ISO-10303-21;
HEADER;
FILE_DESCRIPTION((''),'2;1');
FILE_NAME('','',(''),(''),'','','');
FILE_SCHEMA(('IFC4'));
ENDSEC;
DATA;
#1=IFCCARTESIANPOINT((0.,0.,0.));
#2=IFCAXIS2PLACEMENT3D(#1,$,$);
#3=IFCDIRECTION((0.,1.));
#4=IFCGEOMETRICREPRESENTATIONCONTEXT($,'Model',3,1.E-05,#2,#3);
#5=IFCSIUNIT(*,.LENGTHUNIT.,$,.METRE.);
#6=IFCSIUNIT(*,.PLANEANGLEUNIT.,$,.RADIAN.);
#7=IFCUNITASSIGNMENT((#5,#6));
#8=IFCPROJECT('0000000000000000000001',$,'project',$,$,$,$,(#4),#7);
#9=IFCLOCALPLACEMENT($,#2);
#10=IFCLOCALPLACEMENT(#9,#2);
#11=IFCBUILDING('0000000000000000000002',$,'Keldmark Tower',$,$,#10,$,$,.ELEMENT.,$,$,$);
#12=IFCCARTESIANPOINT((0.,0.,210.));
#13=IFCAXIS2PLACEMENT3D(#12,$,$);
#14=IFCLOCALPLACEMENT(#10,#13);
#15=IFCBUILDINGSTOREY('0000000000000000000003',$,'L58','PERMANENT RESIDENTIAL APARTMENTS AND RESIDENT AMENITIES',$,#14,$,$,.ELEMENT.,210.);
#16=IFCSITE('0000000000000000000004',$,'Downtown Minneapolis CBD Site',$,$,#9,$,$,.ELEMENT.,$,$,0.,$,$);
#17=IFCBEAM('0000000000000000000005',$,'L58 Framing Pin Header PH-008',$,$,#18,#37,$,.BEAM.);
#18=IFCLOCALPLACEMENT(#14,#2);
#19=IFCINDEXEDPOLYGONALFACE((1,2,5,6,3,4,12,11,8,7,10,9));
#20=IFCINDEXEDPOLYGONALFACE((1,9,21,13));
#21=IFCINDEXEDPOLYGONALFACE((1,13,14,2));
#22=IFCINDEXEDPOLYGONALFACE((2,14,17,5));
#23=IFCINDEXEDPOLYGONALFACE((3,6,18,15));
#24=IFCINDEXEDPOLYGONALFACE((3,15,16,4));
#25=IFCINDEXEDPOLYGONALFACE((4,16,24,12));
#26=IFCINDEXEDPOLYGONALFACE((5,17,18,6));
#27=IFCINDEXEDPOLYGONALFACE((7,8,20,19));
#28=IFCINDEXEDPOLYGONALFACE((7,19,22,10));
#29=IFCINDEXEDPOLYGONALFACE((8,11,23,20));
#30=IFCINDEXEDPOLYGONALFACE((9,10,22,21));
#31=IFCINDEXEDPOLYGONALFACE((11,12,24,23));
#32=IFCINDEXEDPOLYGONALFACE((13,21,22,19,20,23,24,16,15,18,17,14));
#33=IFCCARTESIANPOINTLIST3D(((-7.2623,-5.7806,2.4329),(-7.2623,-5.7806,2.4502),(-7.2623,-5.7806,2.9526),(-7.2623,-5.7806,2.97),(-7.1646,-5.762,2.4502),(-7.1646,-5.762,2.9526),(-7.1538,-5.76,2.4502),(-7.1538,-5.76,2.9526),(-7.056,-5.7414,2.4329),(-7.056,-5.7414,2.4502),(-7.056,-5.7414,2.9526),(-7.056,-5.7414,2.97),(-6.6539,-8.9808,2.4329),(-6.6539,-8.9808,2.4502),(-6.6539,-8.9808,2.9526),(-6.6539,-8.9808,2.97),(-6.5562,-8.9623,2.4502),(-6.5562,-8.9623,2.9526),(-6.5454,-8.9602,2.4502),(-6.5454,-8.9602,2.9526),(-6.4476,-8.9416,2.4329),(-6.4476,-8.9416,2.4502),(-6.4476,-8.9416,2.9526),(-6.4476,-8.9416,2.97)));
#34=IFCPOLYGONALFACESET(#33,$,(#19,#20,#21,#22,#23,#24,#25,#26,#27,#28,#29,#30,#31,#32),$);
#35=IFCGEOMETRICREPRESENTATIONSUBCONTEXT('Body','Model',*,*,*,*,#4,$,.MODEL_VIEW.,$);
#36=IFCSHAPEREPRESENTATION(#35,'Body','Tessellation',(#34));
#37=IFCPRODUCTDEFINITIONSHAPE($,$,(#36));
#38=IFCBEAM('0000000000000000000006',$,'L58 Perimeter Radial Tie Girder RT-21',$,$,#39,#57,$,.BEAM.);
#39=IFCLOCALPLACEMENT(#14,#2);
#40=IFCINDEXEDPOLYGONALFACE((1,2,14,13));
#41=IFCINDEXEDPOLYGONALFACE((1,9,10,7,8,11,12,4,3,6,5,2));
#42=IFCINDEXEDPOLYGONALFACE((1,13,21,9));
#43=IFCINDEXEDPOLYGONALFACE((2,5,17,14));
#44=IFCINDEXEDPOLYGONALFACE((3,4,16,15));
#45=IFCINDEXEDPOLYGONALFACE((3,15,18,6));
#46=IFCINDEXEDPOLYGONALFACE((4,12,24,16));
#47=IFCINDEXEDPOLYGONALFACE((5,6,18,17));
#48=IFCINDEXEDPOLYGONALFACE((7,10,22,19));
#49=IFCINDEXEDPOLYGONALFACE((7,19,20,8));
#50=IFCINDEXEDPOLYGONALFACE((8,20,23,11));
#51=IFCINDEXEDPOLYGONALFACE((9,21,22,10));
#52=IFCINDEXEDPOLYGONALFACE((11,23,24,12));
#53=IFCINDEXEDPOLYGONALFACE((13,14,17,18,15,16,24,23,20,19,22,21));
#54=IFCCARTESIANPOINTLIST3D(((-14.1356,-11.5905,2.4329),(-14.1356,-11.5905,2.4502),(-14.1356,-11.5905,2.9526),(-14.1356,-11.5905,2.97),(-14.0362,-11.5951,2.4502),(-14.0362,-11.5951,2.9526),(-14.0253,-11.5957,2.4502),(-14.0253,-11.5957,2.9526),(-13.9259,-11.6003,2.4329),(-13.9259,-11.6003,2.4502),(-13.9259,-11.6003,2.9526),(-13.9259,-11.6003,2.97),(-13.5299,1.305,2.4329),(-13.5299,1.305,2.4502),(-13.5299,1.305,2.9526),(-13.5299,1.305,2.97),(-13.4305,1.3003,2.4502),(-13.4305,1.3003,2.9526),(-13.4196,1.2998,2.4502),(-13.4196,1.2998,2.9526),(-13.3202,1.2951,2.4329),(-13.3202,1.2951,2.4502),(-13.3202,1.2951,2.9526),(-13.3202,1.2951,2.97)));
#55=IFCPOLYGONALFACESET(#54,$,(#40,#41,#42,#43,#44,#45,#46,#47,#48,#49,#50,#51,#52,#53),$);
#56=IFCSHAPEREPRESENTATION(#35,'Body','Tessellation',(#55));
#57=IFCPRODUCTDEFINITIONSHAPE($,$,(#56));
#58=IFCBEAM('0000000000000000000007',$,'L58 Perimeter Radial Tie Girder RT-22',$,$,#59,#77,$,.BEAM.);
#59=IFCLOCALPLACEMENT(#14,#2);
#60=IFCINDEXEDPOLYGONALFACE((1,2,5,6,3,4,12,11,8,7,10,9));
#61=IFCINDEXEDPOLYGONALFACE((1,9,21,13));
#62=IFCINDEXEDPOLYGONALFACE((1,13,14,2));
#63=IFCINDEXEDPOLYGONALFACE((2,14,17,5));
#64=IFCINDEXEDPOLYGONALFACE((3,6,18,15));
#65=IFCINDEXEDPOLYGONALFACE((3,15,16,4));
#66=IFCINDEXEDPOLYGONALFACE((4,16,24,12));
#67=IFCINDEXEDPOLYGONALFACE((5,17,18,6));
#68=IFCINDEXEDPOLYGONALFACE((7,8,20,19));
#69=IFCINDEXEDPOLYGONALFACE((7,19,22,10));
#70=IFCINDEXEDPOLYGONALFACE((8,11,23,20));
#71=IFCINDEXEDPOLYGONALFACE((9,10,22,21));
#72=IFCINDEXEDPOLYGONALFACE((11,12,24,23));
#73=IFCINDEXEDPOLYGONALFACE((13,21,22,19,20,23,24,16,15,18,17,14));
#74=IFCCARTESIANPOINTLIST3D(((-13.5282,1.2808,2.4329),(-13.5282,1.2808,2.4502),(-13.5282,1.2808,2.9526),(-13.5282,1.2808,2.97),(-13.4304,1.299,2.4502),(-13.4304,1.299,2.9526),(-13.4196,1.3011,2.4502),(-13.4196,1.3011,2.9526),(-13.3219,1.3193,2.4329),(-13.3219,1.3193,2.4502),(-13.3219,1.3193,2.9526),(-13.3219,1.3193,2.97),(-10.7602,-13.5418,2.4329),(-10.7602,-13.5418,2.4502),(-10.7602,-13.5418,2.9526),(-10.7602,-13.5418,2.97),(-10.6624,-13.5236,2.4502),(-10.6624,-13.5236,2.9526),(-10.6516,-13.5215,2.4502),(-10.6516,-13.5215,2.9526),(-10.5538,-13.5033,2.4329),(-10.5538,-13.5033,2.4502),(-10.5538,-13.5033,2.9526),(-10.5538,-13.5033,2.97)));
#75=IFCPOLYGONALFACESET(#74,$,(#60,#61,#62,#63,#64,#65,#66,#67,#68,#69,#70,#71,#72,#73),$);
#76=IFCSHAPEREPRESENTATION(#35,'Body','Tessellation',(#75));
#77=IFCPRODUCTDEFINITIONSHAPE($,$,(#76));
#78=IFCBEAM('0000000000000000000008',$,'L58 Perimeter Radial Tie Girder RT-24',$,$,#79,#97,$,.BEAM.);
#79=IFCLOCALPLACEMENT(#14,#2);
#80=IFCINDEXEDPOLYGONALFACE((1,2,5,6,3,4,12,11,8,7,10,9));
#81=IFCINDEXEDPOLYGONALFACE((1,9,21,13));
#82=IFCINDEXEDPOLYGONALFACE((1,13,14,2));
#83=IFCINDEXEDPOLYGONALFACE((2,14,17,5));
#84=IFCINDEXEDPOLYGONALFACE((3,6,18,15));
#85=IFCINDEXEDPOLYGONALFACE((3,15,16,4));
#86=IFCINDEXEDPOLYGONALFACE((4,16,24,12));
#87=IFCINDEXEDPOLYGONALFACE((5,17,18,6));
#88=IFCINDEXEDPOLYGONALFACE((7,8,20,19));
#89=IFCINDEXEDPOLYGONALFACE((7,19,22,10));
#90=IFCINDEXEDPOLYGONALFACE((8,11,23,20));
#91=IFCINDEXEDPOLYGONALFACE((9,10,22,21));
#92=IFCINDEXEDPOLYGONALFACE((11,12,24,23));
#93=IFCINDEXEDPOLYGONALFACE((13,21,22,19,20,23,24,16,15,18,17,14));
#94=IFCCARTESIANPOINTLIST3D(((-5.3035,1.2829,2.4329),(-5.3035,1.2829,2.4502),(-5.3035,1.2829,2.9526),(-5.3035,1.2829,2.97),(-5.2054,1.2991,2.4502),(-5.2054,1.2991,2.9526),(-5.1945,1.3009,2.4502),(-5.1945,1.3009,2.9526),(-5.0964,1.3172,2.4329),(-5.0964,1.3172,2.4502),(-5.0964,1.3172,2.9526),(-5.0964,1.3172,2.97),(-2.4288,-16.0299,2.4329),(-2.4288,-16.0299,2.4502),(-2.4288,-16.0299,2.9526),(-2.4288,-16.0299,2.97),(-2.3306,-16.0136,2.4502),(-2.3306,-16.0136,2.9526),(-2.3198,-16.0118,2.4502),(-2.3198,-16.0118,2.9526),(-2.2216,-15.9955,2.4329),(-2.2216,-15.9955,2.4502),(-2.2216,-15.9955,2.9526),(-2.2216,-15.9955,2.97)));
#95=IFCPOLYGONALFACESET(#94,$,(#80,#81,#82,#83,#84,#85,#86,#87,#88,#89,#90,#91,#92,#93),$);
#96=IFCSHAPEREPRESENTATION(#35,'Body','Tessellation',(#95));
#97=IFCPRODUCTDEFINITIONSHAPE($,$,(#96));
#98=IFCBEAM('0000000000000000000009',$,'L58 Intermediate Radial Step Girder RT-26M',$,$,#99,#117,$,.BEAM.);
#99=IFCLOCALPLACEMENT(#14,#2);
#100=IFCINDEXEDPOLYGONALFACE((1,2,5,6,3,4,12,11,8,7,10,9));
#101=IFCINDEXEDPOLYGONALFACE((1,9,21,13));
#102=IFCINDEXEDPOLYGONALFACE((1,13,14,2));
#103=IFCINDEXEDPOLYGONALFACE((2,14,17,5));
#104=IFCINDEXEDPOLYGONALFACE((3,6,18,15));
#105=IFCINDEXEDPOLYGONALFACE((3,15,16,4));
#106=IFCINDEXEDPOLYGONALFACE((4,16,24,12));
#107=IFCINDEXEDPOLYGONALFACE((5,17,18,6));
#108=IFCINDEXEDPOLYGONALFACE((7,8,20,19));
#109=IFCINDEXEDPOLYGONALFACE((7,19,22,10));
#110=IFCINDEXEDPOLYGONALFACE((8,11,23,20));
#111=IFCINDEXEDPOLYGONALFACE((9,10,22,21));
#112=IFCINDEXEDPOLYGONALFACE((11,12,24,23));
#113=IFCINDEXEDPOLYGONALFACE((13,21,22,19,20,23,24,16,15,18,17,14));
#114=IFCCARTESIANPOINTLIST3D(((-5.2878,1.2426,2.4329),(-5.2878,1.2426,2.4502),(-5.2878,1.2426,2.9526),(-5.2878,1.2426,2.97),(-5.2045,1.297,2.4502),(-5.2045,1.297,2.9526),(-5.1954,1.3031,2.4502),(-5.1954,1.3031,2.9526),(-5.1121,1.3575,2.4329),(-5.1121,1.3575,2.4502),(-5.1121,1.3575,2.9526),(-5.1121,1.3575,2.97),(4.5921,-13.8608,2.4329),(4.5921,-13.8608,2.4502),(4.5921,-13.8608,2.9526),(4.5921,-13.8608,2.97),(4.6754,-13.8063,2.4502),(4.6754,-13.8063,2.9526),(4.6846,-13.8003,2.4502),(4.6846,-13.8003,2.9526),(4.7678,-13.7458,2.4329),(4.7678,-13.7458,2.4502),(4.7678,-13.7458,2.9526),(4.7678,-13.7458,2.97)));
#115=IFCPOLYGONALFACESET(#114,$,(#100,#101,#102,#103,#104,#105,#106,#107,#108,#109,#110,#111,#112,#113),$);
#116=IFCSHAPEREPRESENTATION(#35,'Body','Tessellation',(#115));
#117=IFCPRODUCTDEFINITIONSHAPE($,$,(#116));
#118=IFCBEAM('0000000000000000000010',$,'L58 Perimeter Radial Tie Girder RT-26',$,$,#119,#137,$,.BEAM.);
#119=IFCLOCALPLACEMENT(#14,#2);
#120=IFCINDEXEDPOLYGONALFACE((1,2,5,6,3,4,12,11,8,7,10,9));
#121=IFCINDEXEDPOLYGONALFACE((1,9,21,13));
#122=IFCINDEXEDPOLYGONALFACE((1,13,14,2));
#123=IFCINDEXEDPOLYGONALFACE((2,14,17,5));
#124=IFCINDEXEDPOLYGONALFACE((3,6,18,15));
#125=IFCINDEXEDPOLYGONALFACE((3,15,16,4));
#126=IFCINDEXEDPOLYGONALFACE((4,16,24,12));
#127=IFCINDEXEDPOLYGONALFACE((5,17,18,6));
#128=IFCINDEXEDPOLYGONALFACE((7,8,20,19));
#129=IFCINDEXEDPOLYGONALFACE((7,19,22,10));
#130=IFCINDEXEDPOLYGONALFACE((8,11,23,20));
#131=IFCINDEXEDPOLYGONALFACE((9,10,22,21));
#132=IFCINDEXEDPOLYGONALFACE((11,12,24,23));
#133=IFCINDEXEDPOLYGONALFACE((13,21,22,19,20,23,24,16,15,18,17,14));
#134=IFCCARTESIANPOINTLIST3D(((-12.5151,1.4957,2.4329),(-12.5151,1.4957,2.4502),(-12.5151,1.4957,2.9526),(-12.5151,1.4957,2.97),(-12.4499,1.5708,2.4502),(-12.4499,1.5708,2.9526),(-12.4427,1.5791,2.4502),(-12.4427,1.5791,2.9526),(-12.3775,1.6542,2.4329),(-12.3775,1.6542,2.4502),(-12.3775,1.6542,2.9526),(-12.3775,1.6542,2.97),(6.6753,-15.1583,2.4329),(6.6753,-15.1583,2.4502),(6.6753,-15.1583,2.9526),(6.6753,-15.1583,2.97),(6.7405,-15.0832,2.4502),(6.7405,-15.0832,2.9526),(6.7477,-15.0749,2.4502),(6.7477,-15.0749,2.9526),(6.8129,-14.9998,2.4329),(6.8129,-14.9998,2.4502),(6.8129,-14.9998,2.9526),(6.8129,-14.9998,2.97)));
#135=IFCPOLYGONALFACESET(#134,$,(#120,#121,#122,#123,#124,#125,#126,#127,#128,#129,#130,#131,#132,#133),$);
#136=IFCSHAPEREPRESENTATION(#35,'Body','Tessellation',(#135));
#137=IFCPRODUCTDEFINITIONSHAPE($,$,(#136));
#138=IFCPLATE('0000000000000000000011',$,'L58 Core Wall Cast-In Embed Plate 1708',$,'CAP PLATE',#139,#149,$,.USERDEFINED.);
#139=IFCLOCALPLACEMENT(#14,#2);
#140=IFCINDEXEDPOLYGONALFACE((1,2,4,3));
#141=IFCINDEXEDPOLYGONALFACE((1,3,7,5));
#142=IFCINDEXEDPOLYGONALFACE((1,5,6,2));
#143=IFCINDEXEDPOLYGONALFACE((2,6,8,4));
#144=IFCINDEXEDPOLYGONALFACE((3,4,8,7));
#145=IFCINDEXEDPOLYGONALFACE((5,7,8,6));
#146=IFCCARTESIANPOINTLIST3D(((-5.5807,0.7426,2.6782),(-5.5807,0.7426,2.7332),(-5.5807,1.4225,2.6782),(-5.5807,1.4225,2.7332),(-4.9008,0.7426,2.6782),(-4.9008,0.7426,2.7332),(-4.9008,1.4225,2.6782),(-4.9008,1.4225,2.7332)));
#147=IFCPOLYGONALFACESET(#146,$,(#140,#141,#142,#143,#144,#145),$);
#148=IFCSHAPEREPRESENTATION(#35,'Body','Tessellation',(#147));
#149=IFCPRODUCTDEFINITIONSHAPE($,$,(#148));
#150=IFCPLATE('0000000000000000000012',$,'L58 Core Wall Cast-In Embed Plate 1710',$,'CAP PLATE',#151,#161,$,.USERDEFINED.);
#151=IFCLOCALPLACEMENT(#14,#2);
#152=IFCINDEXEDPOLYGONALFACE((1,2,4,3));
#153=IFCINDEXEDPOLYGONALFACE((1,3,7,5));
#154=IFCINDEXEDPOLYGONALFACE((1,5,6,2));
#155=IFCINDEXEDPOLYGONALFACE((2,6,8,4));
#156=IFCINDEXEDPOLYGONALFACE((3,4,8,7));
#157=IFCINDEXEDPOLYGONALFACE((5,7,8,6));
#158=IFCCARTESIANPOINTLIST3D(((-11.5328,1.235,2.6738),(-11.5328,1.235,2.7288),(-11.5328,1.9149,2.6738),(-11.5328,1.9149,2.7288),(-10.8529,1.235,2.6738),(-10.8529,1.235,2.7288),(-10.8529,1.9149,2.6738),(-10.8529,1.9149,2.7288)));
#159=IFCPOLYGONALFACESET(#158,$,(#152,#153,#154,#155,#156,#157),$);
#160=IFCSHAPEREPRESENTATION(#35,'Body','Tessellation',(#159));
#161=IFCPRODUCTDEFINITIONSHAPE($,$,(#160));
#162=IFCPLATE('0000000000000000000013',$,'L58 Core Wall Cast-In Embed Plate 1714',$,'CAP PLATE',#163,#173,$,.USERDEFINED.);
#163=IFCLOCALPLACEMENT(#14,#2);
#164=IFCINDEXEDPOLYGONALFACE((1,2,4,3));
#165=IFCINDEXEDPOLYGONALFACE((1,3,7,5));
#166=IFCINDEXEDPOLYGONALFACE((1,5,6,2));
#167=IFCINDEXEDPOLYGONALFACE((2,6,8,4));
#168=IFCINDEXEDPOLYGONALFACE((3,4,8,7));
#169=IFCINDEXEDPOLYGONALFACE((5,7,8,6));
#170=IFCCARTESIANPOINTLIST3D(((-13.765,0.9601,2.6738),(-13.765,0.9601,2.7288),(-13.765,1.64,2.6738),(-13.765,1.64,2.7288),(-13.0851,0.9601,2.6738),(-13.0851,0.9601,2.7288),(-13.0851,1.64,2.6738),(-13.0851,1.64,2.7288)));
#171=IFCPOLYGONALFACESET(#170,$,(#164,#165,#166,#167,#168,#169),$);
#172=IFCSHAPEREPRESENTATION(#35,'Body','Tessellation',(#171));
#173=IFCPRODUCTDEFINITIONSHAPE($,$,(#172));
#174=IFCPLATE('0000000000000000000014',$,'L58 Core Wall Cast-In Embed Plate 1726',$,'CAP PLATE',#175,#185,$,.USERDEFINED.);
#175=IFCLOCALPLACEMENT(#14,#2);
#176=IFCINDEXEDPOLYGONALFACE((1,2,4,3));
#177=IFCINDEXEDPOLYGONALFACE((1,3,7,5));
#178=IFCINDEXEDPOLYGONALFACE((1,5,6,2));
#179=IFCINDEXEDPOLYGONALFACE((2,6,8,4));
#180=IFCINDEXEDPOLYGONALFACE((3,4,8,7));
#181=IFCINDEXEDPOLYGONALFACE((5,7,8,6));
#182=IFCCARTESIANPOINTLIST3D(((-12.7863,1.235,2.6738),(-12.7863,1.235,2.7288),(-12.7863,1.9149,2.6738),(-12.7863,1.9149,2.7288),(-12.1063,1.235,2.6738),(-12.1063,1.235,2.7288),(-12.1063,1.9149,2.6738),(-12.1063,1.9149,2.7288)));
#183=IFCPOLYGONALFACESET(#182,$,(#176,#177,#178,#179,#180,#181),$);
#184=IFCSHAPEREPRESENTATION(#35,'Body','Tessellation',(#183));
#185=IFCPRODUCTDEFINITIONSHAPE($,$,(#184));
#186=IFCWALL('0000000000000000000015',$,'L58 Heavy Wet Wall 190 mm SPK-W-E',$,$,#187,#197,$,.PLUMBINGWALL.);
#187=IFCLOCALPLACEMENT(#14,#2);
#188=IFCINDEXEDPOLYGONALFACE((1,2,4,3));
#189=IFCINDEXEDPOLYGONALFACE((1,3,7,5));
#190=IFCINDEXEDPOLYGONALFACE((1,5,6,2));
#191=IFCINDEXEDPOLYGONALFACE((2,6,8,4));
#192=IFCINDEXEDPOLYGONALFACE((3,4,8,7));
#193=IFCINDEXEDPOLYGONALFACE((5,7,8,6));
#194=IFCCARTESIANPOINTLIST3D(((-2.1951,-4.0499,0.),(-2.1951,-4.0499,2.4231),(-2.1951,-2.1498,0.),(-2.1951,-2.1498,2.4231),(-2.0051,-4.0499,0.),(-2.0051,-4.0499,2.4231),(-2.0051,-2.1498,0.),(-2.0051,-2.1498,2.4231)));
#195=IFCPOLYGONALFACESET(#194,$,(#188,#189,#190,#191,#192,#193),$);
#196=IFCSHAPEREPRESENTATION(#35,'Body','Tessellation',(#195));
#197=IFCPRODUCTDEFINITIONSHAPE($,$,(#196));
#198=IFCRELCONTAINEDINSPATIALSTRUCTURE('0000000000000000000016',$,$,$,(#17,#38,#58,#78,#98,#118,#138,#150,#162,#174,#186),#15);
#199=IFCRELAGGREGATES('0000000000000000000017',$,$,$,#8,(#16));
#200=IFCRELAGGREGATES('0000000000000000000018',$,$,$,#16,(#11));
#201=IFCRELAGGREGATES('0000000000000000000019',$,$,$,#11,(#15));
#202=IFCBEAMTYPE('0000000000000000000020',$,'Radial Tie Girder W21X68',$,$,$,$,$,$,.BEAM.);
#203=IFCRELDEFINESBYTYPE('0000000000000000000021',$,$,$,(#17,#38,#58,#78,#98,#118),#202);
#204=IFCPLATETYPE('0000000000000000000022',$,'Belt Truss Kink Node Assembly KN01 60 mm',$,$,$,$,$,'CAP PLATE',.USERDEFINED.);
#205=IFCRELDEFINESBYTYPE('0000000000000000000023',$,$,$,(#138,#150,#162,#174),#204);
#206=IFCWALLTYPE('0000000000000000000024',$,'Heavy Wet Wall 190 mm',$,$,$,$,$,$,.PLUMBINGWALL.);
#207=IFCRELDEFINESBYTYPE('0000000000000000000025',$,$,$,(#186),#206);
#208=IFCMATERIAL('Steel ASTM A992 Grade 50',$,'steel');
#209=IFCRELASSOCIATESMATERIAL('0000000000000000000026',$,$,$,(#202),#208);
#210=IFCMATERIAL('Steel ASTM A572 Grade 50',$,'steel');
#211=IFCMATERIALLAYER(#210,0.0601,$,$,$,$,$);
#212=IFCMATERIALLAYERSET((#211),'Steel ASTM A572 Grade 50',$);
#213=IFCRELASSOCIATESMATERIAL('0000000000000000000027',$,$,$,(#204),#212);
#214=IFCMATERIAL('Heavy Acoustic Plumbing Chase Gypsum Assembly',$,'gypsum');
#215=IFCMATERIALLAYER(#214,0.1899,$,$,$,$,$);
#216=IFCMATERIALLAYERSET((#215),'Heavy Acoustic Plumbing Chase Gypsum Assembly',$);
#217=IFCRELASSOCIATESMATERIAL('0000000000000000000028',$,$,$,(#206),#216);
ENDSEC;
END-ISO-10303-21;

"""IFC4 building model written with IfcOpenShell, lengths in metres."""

from ifc_helpers import new_model, si_unit, direction, frame, frame_2d, origin, origin_2d, place, context, subcontext, project, spatial, rectangle, i_section, extrude, material, layer, layer_set, material_profile, profile_set, type_object, element, save


model = new_model("IFC4")

# Units and contexts
model_context = context("Model", 3, precision=1e-05, world=origin(), true_north=direction((0.0, 1.0)))
body_context = subcontext(model_context, "Body", "Model", "MODEL_VIEW")
ifc_project = project(units=[si_unit("LENGTHUNIT", "METRE"), si_unit("PLANEANGLEUNIT", "RADIAN")], contexts=[model_context])

# Site, building, storey
site_placement = place(None, origin())
site = spatial("IfcSite", under=ifc_project, at=site_placement, Name="Downtown Minneapolis CBD Site", CompositionType="ELEMENT", RefElevation=0.0)
building_placement = place(site_placement, origin())
building = spatial("IfcBuilding", under=site, at=building_placement, Name="Keldmark Tower", CompositionType="ELEMENT")
storey_placement = place(building_placement, frame((0.0, 0.0, 210.0)))
storey = spatial("IfcBuildingStorey", under=building, at=storey_placement, Name="L58", Description="PERMANENT RESIDENTIAL APARTMENTS AND RESIDENT AMENITIES", CompositionType="ELEMENT", Elevation=210.0)

# Beams
ifc_material_1 = material(Name="Steel ASTM A992 Grade 50", Category="steel")
ifc_material_profile_1 = material_profile(ifc_material_1, i_section(OverallWidth=0.21, OverallDepth=0.5371, WebThickness=0.011, FlangeThickness=0.0173, at=origin_2d()), Name="W21X68")
ifc_profile_set_1 = profile_set([ifc_material_profile_1], Name="Steel ASTM A992 Grade 50")
beam_type_1 = type_object("IfcBeamType", Name="Radial Tie Girder W21X68", PredefinedType="BEAM", material=ifc_profile_set_1)
beam_1_placement = place(storey_placement, frame((-7.1592, -5.761, 2.7014), z_axis=(0.186768, -0.982404, 0.0), x_axis=(0.982404, 0.186768, 0.0)))
element("IfcBeam", 1, at=beam_1_placement, inside=storey, type_object=beam_type_1, Name="L58 Framing Pin Header PH-008", PredefinedType="BEAM", context=body_context, shape_type="SweptSolid", body=[
    extrude(i_section(OverallWidth=0.21, OverallDepth=0.5371, WebThickness=0.011, FlangeThickness=0.0173, at=origin_2d()), origin(), (0.0, 0.0, 1.0), 3.2576),
])
beam_2_placement = place(storey_placement, frame((-13.425, 1.3, 2.7014), z_axis=(-0.046919, -0.998899, 0.0), x_axis=(0.998899, -0.046919, 0.0)))
element("IfcBeam", 2, at=beam_2_placement, inside=storey, type_object=beam_type_1, Name="L58 Perimeter Radial Tie Girder RT-21", PredefinedType="BEAM", context=body_context, shape_type="SweptSolid", body=[
    extrude(i_section(OverallWidth=0.21, OverallDepth=0.5371, WebThickness=0.011, FlangeThickness=0.0173, at=origin_2d()), origin(), (0.0, 0.0, 1.0), 12.9097),
])
beam_3_placement = place(storey_placement, frame((-13.425, 1.3, 2.7014), z_axis=(0.183574, -0.983006, 0.0), x_axis=(0.983006, 0.183574, 0.0)))
element("IfcBeam", 3, at=beam_3_placement, inside=storey, type_object=beam_type_1, Name="L58 Perimeter Radial Tie Girder RT-22", PredefinedType="BEAM", context=body_context, shape_type="SweptSolid", body=[
    extrude(i_section(OverallWidth=0.21, OverallDepth=0.5371, WebThickness=0.011, FlangeThickness=0.0173, at=origin_2d()), origin(), (0.0, 0.0, 1.0), 15.0789),
])
beam_4_placement = place(storey_placement, frame((-5.2, 1.3, 2.7014), z_axis=(0.163806, -0.986493, 0.0), x_axis=(0.986493, 0.163806, 0.0)))
element("IfcBeam", 4, at=beam_4_placement, inside=storey, type_object=beam_type_1, Name="L58 Perimeter Radial Tie Girder RT-24", PredefinedType="BEAM", context=body_context, shape_type="SweptSolid", body=[
    extrude(i_section(OverallWidth=0.21, OverallDepth=0.5371, WebThickness=0.011, FlangeThickness=0.0173, at=origin_2d()), origin(), (0.0, 0.0, 1.0), 17.5498),
])
beam_5_placement = place(storey_placement, frame((-5.2, 1.3, 2.7014), z_axis=(0.54743, -0.836851, 0.0), x_axis=(0.836851, 0.54743, 0.0)))
element("IfcBeam", 5, at=beam_5_placement, inside=storey, type_object=beam_type_1, Name="L58 Intermediate Radial Step Girder RT-26M", PredefinedType="BEAM", context=body_context, shape_type="SweptSolid", body=[
    extrude(i_section(OverallWidth=0.21, OverallDepth=0.5371, WebThickness=0.011, FlangeThickness=0.0173, at=origin_2d()), origin(), (0.0, 0.0, 1.0), 18.0479),
])
beam_6_placement = place(storey_placement, frame((-12.4463, 1.575, 2.7014), z_axis=(0.755254, -0.655433, 0.0), x_axis=(0.655433, 0.755254, 0.0)))
element("IfcBeam", 6, at=beam_6_placement, inside=storey, type_object=beam_type_1, Name="L58 Perimeter Radial Tie Girder RT-26", PredefinedType="BEAM", context=body_context, shape_type="SweptSolid", body=[
    extrude(i_section(OverallWidth=0.21, OverallDepth=0.5371, WebThickness=0.011, FlangeThickness=0.0173, at=origin_2d()), origin(), (0.0, 0.0, 1.0), 25.4092),
])

# Plates
ifc_material_2 = material(Name="Steel ASTM A572 Grade 50", Category="steel")
ifc_layer_1 = layer(ifc_material_2, 0.0601)
ifc_layer_set_1 = layer_set([ifc_layer_1], Name="Steel ASTM A572 Grade 50")
plate_type = type_object("IfcPlateType", Name="Belt Truss Kink Node Assembly KN01 60 mm", ElementType="CAP PLATE", PredefinedType="USERDEFINED", material=ifc_layer_set_1)
for number, where, z_axis, x_axis, name in (
    (7, (-5.2407, 1.0825, 2.6782), (0.0, 0.0, 1.0), (1.0, 0.0, 0.0), "L58 Core Wall Cast-In Embed Plate 1708"),
    (8, (-11.1929, 1.575, 2.6738), (0.0, 0.0, 1.0), (1.0, 0.0, 0.0), "L58 Core Wall Cast-In Embed Plate 1710"),
    (9, (-13.425, 1.3, 2.6738), (0.0, 0.0, 1.0), (1.0, 0.0, 0.0), "L58 Core Wall Cast-In Embed Plate 1714"),
    (10, (-12.4463, 1.575, 2.6738), (0.0, 0.0, 1.0), (1.0, 0.0, 0.0), "L58 Core Wall Cast-In Embed Plate 1726"),
):
    element("IfcPlate", number, at=place(storey_placement, frame(where, z_axis=z_axis, x_axis=x_axis)), inside=storey, type_object=plate_type, Name=name, ObjectType="CAP PLATE", PredefinedType="USERDEFINED", context=body_context, shape_type="SweptSolid", body=[
        extrude(rectangle(XDim=0.6799, YDim=0.6799, at=origin_2d()), origin(), (0.0, 0.0, 1.0), 0.0549),
    ])

# Wall
ifc_material_3 = material(Name="Heavy Acoustic Plumbing Chase Gypsum Assembly", Category="gypsum")
ifc_layer_2 = layer(ifc_material_3, 0.1899)
ifc_layer_set_2 = layer_set([ifc_layer_2], Name="Heavy Acoustic Plumbing Chase Gypsum Assembly")
wall_type_1 = type_object("IfcWallType", Name="Heavy Wet Wall 190 mm", PredefinedType="PLUMBINGWALL", material=ifc_layer_set_2)
wall_1_placement = place(storey_placement, frame((-2.1001, -4.05, 0.0), z_axis=(0.0, 0.0, 1.0), x_axis=(0.0, 1.0, 0.0)))
element("IfcWall", 11, at=wall_1_placement, inside=storey, type_object=wall_type_1, Name="L58 Heavy Wet Wall 190 mm SPK-W-E", PredefinedType="PLUMBINGWALL", context=body_context, shape_type="SweptSolid", body=[
    extrude(rectangle(XDim=1.9001, YDim=0.1899, at=frame_2d((0.9502, 0.0))), origin(), (0.0, 0.0, 1.0), 2.4231),
])

save(model, "model.ifc")
